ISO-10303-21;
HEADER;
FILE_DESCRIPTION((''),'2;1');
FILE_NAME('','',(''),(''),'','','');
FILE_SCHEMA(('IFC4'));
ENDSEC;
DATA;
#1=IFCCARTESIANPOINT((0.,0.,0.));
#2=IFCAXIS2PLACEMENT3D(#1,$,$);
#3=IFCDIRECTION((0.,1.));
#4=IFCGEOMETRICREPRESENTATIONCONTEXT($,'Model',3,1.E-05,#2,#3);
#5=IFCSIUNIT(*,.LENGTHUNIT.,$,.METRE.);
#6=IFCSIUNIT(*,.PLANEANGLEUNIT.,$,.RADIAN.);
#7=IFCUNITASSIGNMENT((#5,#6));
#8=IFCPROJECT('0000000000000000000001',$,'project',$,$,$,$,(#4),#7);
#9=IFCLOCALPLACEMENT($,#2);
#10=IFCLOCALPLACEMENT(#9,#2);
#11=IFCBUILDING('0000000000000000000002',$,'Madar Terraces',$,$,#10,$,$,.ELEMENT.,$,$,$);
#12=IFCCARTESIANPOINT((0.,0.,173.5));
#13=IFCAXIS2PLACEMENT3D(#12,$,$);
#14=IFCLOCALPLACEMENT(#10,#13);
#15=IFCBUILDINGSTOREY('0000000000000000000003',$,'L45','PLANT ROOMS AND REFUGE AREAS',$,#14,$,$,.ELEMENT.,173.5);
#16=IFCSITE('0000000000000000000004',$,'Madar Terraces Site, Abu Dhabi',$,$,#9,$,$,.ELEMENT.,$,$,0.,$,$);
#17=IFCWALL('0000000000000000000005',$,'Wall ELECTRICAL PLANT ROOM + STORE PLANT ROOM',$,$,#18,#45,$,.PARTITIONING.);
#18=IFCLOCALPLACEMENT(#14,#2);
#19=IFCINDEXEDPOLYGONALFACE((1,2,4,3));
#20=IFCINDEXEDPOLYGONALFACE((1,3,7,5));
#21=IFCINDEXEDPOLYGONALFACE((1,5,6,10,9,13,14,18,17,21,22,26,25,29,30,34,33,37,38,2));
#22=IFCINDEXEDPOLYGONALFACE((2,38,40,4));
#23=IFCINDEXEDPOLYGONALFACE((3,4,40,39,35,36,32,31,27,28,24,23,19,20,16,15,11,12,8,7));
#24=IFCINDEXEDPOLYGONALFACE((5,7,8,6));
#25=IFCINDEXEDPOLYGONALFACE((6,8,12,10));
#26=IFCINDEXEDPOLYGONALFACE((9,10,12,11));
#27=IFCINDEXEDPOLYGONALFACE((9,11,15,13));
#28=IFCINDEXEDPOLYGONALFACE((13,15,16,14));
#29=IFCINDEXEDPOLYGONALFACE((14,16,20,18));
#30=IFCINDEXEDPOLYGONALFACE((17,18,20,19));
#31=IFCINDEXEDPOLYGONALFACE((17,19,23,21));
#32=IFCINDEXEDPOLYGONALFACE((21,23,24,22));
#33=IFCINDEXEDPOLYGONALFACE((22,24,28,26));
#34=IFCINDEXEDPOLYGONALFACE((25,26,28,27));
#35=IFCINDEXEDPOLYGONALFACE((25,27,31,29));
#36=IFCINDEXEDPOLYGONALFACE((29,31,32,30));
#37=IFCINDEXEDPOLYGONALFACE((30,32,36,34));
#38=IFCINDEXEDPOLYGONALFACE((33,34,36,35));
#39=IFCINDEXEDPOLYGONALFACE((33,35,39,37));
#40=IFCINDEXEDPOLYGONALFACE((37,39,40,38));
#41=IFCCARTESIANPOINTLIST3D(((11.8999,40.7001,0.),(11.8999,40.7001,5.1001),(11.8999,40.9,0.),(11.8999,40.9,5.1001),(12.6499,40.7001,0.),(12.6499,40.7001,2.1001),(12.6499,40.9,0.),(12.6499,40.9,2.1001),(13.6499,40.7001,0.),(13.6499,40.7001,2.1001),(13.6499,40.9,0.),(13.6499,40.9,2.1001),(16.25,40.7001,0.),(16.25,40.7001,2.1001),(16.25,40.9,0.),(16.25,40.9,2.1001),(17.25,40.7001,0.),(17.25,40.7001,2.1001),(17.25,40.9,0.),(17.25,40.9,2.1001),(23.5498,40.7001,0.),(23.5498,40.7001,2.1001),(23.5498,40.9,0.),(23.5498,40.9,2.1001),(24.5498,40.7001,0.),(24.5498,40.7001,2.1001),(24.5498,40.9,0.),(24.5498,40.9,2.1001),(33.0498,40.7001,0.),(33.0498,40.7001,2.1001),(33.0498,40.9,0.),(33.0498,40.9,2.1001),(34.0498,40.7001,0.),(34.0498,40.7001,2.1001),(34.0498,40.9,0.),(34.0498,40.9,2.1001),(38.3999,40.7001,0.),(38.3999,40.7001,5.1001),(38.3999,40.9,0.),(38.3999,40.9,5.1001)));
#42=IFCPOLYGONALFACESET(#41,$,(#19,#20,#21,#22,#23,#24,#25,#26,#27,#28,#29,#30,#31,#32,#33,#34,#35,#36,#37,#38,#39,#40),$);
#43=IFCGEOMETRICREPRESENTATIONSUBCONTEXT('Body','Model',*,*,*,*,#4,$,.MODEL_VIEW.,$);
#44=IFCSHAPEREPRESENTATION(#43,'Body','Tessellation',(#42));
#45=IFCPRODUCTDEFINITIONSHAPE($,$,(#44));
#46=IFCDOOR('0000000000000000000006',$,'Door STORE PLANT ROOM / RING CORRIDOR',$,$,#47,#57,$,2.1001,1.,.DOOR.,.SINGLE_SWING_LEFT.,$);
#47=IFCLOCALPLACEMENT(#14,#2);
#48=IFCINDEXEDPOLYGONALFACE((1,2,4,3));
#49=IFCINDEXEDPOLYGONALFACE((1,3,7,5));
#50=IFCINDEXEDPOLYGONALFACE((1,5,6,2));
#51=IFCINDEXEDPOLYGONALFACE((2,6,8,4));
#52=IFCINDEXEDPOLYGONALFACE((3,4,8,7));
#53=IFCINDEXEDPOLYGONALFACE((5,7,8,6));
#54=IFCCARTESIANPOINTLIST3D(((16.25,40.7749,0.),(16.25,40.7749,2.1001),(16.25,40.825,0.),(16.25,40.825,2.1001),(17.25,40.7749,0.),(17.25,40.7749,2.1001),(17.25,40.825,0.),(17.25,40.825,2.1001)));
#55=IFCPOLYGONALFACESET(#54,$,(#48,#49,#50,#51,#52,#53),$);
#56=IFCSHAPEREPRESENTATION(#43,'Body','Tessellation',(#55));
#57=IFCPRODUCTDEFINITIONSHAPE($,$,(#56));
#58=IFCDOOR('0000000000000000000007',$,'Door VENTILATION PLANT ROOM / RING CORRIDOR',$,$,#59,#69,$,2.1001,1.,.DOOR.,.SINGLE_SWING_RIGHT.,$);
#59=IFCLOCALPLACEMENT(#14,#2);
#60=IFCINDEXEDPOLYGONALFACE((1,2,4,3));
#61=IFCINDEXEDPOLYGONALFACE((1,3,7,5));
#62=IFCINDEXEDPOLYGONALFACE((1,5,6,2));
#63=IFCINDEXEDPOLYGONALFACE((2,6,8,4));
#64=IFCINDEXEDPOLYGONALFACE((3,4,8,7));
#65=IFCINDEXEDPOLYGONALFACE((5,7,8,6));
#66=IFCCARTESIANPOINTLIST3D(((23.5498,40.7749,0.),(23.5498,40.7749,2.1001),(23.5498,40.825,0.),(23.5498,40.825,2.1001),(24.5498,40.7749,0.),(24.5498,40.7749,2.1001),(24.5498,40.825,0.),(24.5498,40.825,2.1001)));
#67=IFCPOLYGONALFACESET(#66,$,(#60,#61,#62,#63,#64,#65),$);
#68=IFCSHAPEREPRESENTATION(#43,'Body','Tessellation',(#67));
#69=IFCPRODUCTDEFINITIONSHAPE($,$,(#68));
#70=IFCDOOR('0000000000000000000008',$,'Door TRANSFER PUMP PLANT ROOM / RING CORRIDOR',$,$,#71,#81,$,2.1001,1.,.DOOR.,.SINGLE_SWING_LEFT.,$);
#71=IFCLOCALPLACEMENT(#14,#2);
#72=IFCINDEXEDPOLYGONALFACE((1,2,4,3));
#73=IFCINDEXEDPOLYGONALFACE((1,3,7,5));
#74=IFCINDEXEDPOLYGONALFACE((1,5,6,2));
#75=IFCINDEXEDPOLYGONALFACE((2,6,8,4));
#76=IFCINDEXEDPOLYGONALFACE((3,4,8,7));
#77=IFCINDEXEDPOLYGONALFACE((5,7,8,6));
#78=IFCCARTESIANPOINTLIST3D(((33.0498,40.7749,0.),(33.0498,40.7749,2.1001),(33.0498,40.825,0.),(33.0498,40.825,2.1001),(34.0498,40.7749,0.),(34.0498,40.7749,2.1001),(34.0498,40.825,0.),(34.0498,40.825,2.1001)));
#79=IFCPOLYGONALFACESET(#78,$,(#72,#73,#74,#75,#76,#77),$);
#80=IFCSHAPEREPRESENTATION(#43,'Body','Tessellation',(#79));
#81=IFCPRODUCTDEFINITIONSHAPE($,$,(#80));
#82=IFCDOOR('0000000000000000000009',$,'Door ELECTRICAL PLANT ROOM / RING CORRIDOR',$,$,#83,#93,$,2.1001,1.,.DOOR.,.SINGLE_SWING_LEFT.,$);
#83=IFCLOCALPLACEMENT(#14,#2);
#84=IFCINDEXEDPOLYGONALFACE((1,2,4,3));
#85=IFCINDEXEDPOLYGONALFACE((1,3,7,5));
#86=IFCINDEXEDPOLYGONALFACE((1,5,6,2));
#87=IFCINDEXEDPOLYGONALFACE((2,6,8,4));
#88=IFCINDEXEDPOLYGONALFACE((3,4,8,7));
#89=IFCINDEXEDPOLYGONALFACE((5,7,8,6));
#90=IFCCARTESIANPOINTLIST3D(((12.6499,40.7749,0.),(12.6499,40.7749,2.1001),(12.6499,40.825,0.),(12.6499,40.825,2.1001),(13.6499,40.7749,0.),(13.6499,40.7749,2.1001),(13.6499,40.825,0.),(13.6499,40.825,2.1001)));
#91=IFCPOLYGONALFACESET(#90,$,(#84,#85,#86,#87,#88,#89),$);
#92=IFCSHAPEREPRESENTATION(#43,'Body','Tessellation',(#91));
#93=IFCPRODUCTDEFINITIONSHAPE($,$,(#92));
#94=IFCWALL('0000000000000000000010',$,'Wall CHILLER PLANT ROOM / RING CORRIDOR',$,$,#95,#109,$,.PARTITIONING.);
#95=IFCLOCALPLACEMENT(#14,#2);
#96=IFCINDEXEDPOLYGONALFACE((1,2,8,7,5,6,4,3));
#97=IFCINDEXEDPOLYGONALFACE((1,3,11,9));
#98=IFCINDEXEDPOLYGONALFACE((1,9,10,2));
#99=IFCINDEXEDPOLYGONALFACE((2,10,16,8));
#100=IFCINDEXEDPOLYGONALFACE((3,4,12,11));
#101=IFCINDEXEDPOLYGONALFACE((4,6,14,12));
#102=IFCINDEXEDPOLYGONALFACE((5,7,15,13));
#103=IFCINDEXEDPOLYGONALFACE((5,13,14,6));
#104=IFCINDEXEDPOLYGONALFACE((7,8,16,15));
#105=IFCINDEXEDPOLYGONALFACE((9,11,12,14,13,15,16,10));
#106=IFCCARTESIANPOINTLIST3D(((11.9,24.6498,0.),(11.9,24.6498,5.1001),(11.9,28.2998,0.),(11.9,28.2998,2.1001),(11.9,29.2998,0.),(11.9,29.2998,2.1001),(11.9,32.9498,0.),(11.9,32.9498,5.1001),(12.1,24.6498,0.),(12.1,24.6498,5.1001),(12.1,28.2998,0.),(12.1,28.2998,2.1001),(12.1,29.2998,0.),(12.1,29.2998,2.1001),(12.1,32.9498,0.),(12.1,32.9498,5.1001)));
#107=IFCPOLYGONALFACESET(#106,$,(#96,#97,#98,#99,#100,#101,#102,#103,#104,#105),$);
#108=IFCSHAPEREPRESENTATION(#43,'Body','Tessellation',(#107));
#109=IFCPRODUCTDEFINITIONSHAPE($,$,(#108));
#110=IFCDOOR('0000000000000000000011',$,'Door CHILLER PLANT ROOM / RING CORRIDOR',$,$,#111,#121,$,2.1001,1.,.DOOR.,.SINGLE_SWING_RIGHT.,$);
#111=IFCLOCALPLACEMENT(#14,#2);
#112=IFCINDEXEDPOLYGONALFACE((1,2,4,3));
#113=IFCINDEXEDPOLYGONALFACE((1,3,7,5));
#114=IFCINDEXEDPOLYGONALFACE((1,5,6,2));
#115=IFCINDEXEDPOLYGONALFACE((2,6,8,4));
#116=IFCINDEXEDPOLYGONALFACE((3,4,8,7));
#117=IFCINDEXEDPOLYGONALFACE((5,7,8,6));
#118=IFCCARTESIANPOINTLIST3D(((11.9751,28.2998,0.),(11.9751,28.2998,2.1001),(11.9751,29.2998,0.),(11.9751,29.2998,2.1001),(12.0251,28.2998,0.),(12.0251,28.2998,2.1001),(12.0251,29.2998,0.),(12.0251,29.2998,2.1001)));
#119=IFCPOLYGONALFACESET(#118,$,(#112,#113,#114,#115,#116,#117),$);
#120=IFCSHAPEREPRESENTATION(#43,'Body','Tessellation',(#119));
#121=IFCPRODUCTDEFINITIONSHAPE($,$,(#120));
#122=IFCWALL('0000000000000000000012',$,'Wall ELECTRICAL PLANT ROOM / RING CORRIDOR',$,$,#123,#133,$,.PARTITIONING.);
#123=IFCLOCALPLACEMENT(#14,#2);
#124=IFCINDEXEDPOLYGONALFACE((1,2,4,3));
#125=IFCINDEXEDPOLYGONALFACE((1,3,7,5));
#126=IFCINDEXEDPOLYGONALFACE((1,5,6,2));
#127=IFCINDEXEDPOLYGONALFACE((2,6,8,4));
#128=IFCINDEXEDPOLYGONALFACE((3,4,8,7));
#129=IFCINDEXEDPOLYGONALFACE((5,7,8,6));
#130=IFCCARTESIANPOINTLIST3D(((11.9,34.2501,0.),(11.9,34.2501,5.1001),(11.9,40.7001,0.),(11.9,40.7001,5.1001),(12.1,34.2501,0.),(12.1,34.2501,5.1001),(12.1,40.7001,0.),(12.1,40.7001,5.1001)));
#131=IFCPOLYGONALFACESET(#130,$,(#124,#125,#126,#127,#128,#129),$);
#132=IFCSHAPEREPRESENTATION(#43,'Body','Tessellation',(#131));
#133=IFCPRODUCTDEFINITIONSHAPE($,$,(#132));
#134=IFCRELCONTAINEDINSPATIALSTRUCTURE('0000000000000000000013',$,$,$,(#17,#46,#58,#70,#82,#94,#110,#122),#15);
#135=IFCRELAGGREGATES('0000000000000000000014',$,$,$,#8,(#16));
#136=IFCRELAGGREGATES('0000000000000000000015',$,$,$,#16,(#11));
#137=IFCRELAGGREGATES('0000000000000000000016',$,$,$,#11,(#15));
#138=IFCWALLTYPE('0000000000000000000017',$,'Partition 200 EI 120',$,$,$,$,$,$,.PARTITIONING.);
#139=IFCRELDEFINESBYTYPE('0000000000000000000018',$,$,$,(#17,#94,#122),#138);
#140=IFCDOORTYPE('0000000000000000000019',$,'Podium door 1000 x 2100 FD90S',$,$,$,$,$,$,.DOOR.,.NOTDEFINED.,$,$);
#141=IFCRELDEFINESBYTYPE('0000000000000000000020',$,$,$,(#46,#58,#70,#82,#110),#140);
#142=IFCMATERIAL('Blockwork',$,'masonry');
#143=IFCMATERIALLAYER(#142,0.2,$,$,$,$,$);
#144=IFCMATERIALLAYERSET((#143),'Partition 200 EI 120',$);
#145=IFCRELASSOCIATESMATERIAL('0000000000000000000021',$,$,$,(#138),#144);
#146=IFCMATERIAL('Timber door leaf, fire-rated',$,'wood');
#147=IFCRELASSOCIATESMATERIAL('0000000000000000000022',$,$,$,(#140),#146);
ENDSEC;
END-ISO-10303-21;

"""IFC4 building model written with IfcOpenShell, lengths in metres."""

from ifc_helpers import new_model, si_unit, direction, frame, frame_2d, origin, place, context, subcontext, project, spatial, rectangle, extrude, material, layer, layer_set, type_object, element, fill, save


model = new_model("IFC4")

# Units and contexts
model_context = context("Model", 3, precision=1e-05, world=origin(), true_north=direction((0.0, 1.0)))
body_context = subcontext(model_context, "Body", "Model", "MODEL_VIEW")
ifc_project = project(units=[si_unit("LENGTHUNIT", "METRE"), si_unit("PLANEANGLEUNIT", "RADIAN")], contexts=[model_context])

# Site, building, storey
site_placement = place(None, origin())
site = spatial("IfcSite", under=ifc_project, at=site_placement, Name="Madar Terraces Site, Abu Dhabi", CompositionType="ELEMENT", RefElevation=0.0)
building_placement = place(site_placement, origin())
building = spatial("IfcBuilding", under=site, at=building_placement, Name="Madar Terraces", CompositionType="ELEMENT")
storey_placement = place(building_placement, frame((0.0, 0.0, 173.5)))
storey = spatial("IfcBuildingStorey", under=building, at=storey_placement, Name="L45", Description="PLANT ROOMS AND REFUGE AREAS", CompositionType="ELEMENT", Elevation=173.5)

# Wall, openings, doors
ifc_material_1 = material(Name="Blockwork", Category="masonry")
ifc_layer = layer(ifc_material_1, 0.2)
ifc_layer_set = layer_set([ifc_layer], Name="Partition 200 EI 120")
wall_type = type_object("IfcWallType", Name="Partition 200 EI 120", PredefinedType="PARTITIONING", material=ifc_layer_set)
wall_1_placement = place(storey_placement, frame((11.8999, 40.8, 0.0), z_axis=(0.0, 0.0, 1.0), x_axis=(1.0, 0.0, 0.0)))
wall_1 = element("IfcWall", 1, at=wall_1_placement, inside=storey, type_object=wall_type, Name="Wall ELECTRICAL PLANT ROOM + STORE PLANT ROOM", PredefinedType="PARTITIONING", context=body_context, shape_type="SweptSolid", body=[
    extrude(rectangle(XDim=26.5, YDim=0.2, at=frame_2d((13.25, 0.0))), origin(), (0.0, 0.0, 1.0), 5.1001),
])
opening_1_placement = place(wall_1_placement, frame((4.3501, 0.0, 0.0)))
opening_1 = element("IfcOpeningElement", 2, at=opening_1_placement, cuts=wall_1, PredefinedType="OPENING", context=body_context, shape_type="SweptSolid", body=[
    extrude(rectangle(XDim=1.0, YDim=2.1001, at=frame_2d((0.5, 1.05))), frame((0.0, 0.1099, 0.0), z_axis=(0.0, -1.0, 0.0), x_axis=(1.0, 0.0, 0.0)), (0.0, 0.0, 1.0), 0.22),
])
opening_2_placement = place(wall_1_placement, frame((11.6499, 0.0, 0.0)))
opening_2 = element("IfcOpeningElement", 3, at=opening_2_placement, cuts=wall_1, PredefinedType="OPENING", context=body_context, shape_type="SweptSolid", body=[
    extrude(rectangle(XDim=1.0, YDim=2.1001, at=frame_2d((0.5, 1.05))), frame((0.0, 0.1099, 0.0), z_axis=(0.0, -1.0, 0.0), x_axis=(1.0, 0.0, 0.0)), (0.0, 0.0, 1.0), 0.22),
])
opening_3_placement = place(wall_1_placement, frame((21.1499, 0.0, 0.0)))
opening_3 = element("IfcOpeningElement", 4, at=opening_3_placement, cuts=wall_1, PredefinedType="OPENING", context=body_context, shape_type="SweptSolid", body=[
    extrude(rectangle(XDim=1.0, YDim=2.1001, at=frame_2d((0.5, 1.05))), frame((0.0, 0.1099, 0.0), z_axis=(0.0, -1.0, 0.0), x_axis=(1.0, 0.0, 0.0)), (0.0, 0.0, 1.0), 0.22),
])
opening_4_placement = place(wall_1_placement, frame((0.75, 0.0, 0.0)))
opening_4 = element("IfcOpeningElement", 5, at=opening_4_placement, cuts=wall_1, PredefinedType="OPENING", context=body_context, shape_type="SweptSolid", body=[
    extrude(rectangle(XDim=1.0, YDim=2.1001, at=frame_2d((0.5, 1.05))), frame((0.0, 0.1099, 0.0), z_axis=(0.0, -1.0, 0.0), x_axis=(1.0, 0.0, 0.0)), (0.0, 0.0, 1.0), 0.22),
])
ifc_material_2 = material(Name="Timber door leaf, fire-rated", Category="wood")
door_type = type_object("IfcDoorType", Name="Podium door 1000 x 2100 FD90S", OperationType="NOTDEFINED", PredefinedType="DOOR", material=ifc_material_2)
door_1_placement = place(opening_1_placement, origin())
door_1 = element("IfcDoor", 6, at=door_1_placement, inside=storey, type_object=door_type, Name="Door STORE PLANT ROOM / RING CORRIDOR", OperationType="SINGLE_SWING_LEFT", OverallHeight=2.1001, OverallWidth=1.0, PredefinedType="DOOR", context=body_context, shape_type="SweptSolid", body=[
    extrude(rectangle(XDim=1.0, YDim=2.1001, at=frame_2d((0.5, 1.05))), frame((0.0, 0.0249, 0.0), z_axis=(0.0, -1.0, 0.0), x_axis=(1.0, 0.0, 0.0)), (0.0, 0.0, 1.0), 0.05),
])
fill(opening_1, door_1)
door_2_placement = place(opening_2_placement, origin())
door_2 = element("IfcDoor", 7, at=door_2_placement, inside=storey, type_object=door_type, Name="Door VENTILATION PLANT ROOM / RING CORRIDOR", OperationType="SINGLE_SWING_RIGHT", OverallHeight=2.1001, OverallWidth=1.0, PredefinedType="DOOR", context=body_context, shape_type="SweptSolid", body=[
    extrude(rectangle(XDim=1.0, YDim=2.1001, at=frame_2d((0.5, 1.05))), frame((0.0, 0.0249, 0.0), z_axis=(0.0, -1.0, 0.0), x_axis=(1.0, 0.0, 0.0)), (0.0, 0.0, 1.0), 0.05),
])
fill(opening_2, door_2)
door_3_placement = place(opening_3_placement, origin())
door_3 = element("IfcDoor", 8, at=door_3_placement, inside=storey, type_object=door_type, Name="Door TRANSFER PUMP PLANT ROOM / RING CORRIDOR", OperationType="SINGLE_SWING_LEFT", OverallHeight=2.1001, OverallWidth=1.0, PredefinedType="DOOR", context=body_context, shape_type="SweptSolid", body=[
    extrude(rectangle(XDim=1.0, YDim=2.1001, at=frame_2d((0.5, 1.05))), frame((0.0, 0.0249, 0.0), z_axis=(0.0, -1.0, 0.0), x_axis=(1.0, 0.0, 0.0)), (0.0, 0.0, 1.0), 0.05),
])
fill(opening_3, door_3)
door_4_placement = place(opening_4_placement, origin())
door_4 = element("IfcDoor", 9, at=door_4_placement, inside=storey, type_object=door_type, Name="Door ELECTRICAL PLANT ROOM / RING CORRIDOR", OperationType="SINGLE_SWING_LEFT", OverallHeight=2.1001, OverallWidth=1.0, PredefinedType="DOOR", context=body_context, shape_type="SweptSolid", body=[
    extrude(rectangle(XDim=1.0, YDim=2.1001, at=frame_2d((0.5, 1.05))), frame((0.0, 0.0249, 0.0), z_axis=(0.0, -1.0, 0.0), x_axis=(1.0, 0.0, 0.0)), (0.0, 0.0, 1.0), 0.05),
])
fill(opening_4, door_4)

# Wall, opening, door
wall_2_placement = place(storey_placement, frame((12.0, 24.6499, 0.0), z_axis=(0.0, 0.0, 1.0), x_axis=(0.0, 1.0, 0.0)))
wall_2 = element("IfcWall", 10, at=wall_2_placement, inside=storey, type_object=wall_type, Name="Wall CHILLER PLANT ROOM / RING CORRIDOR", PredefinedType="PARTITIONING", context=body_context, shape_type="SweptSolid", body=[
    extrude(rectangle(XDim=8.3, YDim=0.2, at=frame_2d((4.1499, 0.0))), origin(), (0.0, 0.0, 1.0), 5.1001),
])
opening_5_placement = place(wall_2_placement, frame((3.6499, 0.0, 0.0)))
opening_5 = element("IfcOpeningElement", 11, at=opening_5_placement, cuts=wall_2, PredefinedType="OPENING", context=body_context, shape_type="SweptSolid", body=[
    extrude(rectangle(XDim=1.0, YDim=2.1001, at=frame_2d((0.5, 1.05))), frame((0.0, 0.1099, 0.0), z_axis=(0.0, -1.0, 0.0), x_axis=(1.0, 0.0, 0.0)), (0.0, 0.0, 1.0), 0.22),
])
door_5_placement = place(opening_5_placement, origin())
door_5 = element("IfcDoor", 12, at=door_5_placement, inside=storey, type_object=door_type, Name="Door CHILLER PLANT ROOM / RING CORRIDOR", OperationType="SINGLE_SWING_RIGHT", OverallHeight=2.1001, OverallWidth=1.0, PredefinedType="DOOR", context=body_context, shape_type="SweptSolid", body=[
    extrude(rectangle(XDim=1.0, YDim=2.1001, at=frame_2d((0.5, 1.05))), frame((0.0, 0.0249, 0.0), z_axis=(0.0, -1.0, 0.0), x_axis=(1.0, 0.0, 0.0)), (0.0, 0.0, 1.0), 0.05),
])
fill(opening_5, door_5)

# Wall
wall_3_placement = place(storey_placement, frame((12.0, 34.25, 0.0), z_axis=(0.0, 0.0, 1.0), x_axis=(0.0, 1.0, 0.0)))
element("IfcWall", 13, at=wall_3_placement, inside=storey, type_object=wall_type, Name="Wall ELECTRICAL PLANT ROOM / RING CORRIDOR", PredefinedType="PARTITIONING", context=body_context, shape_type="SweptSolid", body=[
    extrude(rectangle(XDim=6.45, YDim=0.2, at=frame_2d((3.2251, 0.0))), origin(), (0.0, 0.0, 1.0), 5.1001),
])

save(model, "model.ifc")
